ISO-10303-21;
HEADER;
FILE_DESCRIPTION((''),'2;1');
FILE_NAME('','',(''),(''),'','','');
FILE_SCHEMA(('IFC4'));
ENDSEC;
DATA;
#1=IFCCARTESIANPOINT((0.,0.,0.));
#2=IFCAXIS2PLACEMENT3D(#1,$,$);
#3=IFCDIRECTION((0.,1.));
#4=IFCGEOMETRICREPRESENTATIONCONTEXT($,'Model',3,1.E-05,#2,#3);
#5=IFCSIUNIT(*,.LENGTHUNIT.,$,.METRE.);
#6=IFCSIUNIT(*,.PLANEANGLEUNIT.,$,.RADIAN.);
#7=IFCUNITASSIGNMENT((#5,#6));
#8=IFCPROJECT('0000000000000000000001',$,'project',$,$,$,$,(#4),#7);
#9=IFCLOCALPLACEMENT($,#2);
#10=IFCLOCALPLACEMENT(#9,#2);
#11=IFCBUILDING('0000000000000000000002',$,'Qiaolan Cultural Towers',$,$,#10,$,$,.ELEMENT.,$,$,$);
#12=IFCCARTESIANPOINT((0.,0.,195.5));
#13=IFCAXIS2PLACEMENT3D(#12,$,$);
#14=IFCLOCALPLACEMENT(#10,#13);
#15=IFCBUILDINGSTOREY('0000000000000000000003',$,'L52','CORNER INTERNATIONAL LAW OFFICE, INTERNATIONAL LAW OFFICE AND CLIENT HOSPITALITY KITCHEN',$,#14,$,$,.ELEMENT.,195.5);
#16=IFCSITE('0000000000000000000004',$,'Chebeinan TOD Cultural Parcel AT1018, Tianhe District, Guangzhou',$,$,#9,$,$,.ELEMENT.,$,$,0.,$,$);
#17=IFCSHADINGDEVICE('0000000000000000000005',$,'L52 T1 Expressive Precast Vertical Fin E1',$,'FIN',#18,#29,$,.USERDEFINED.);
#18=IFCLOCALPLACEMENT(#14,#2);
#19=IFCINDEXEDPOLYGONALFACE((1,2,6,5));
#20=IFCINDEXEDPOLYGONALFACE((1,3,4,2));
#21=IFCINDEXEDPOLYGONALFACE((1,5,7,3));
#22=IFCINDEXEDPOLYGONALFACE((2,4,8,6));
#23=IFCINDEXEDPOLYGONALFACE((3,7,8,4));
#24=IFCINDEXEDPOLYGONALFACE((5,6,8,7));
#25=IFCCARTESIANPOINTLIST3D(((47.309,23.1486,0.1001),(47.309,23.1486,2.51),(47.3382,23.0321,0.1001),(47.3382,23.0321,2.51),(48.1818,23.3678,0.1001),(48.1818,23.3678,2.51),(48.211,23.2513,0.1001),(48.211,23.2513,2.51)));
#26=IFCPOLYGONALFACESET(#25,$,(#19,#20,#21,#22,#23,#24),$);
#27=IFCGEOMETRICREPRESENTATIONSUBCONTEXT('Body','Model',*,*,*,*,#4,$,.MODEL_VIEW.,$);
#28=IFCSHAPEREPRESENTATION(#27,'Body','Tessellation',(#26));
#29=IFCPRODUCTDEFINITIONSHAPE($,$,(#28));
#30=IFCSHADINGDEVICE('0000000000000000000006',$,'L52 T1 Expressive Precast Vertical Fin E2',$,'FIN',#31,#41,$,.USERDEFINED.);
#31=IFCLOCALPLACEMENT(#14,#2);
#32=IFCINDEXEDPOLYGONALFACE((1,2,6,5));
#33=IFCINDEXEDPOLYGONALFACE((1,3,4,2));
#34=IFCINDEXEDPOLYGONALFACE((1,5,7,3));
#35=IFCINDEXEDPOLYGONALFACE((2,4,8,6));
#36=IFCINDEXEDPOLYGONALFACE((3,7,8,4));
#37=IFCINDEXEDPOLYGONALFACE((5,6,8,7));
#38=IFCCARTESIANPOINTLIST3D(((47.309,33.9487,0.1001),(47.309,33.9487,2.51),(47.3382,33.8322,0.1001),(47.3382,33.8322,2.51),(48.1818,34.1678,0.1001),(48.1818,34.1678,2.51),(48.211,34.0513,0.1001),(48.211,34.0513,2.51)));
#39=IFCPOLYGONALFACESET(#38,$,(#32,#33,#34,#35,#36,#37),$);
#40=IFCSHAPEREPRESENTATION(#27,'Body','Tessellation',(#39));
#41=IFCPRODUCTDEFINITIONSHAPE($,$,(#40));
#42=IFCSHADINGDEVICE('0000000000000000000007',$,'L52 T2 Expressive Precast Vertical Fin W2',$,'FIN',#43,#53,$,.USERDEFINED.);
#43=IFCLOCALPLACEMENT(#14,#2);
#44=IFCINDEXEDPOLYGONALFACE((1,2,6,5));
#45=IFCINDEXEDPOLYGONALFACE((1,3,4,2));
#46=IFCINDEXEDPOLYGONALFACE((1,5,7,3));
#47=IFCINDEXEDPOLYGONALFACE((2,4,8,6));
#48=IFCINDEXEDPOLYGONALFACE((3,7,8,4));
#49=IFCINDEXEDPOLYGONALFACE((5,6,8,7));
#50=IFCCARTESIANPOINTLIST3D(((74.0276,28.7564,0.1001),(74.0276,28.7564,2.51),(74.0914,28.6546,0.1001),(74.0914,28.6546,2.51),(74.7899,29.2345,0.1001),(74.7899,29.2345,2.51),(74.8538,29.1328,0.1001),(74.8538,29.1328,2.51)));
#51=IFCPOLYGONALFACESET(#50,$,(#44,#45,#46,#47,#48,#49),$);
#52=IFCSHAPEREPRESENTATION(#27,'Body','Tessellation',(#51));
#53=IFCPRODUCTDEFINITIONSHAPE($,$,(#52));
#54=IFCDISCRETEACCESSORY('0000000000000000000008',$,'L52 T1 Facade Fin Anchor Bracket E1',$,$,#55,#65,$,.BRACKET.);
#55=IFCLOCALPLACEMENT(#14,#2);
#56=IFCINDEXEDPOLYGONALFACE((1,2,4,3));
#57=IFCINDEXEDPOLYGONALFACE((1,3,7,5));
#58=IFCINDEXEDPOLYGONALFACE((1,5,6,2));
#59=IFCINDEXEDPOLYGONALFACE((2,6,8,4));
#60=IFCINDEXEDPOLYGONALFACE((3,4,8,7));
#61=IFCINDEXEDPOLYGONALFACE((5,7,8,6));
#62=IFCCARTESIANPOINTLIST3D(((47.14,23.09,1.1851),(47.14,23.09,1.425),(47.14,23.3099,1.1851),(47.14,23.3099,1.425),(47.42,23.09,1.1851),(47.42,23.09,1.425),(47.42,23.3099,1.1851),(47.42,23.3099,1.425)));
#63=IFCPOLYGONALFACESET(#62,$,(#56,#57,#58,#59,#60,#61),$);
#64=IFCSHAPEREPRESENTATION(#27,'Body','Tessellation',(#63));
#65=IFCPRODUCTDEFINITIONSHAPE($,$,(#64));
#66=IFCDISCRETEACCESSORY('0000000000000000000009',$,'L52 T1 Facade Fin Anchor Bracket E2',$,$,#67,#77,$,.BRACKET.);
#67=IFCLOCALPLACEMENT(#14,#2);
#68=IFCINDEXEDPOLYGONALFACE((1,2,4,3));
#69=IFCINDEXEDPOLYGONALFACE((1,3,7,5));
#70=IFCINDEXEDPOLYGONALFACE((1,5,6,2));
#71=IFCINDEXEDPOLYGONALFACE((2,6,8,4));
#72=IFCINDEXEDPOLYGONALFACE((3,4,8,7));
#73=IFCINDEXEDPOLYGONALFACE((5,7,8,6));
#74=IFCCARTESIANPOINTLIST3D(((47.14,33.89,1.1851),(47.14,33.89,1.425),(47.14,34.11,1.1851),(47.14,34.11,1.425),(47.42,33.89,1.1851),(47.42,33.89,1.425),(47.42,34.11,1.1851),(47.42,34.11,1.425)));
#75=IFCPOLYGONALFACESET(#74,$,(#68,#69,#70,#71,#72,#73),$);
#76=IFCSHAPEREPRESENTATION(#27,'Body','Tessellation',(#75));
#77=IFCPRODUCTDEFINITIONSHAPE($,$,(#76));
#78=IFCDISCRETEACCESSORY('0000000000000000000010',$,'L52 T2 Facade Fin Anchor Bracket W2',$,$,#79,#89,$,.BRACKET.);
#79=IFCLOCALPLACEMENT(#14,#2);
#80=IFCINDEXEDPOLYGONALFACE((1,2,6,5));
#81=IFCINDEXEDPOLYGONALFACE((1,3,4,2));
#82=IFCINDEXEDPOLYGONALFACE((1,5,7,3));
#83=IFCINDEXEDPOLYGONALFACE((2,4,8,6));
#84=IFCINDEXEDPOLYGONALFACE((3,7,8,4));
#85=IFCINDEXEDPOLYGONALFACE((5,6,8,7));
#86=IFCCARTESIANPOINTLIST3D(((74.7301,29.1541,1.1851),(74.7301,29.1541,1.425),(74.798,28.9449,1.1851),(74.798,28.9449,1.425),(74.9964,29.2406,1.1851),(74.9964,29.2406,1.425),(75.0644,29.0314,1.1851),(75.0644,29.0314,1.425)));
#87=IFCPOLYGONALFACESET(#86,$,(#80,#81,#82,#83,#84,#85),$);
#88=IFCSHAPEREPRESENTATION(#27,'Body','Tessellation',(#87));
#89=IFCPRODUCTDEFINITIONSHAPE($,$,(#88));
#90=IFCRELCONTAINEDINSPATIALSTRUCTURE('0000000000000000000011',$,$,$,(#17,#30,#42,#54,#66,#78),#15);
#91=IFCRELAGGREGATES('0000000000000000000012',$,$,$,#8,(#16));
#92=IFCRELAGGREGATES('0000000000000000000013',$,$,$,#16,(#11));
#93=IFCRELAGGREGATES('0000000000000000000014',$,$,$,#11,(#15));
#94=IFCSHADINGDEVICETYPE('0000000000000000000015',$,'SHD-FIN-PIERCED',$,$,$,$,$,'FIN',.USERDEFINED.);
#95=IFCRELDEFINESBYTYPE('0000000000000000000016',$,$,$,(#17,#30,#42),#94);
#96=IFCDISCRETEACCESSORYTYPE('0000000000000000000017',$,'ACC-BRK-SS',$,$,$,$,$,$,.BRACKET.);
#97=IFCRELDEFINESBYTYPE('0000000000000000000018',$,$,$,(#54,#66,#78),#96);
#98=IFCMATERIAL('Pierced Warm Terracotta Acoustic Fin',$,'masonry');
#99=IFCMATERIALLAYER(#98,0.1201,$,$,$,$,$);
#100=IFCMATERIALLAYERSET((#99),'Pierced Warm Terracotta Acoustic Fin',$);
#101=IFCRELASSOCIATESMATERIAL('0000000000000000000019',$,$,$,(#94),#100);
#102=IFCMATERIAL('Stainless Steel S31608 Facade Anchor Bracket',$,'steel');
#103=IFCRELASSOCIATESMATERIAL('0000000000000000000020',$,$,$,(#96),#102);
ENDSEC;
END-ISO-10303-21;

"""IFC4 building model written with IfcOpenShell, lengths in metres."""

from ifc_helpers import new_model, si_unit, direction, frame, origin, origin_2d, place, context, subcontext, project, spatial, rectangle, extrude, material, layer, layer_set, type_object, element, save


model = new_model("IFC4")

# Units and contexts
model_context = context("Model", 3, precision=1e-05, world=origin(), true_north=direction((0.0, 1.0)))
body_context = subcontext(model_context, "Body", "Model", "MODEL_VIEW")
ifc_project = project(units=[si_unit("LENGTHUNIT", "METRE"), si_unit("PLANEANGLEUNIT", "RADIAN")], contexts=[model_context])

# Site, building, storey
site_placement = place(None, origin())
site = spatial("IfcSite", under=ifc_project, at=site_placement, Name="Chebeinan TOD Cultural Parcel AT1018, Tianhe District, Guangzhou", CompositionType="ELEMENT", RefElevation=0.0)
building_placement = place(site_placement, origin())
building = spatial("IfcBuilding", under=site, at=building_placement, Name="Qiaolan Cultural Towers", CompositionType="ELEMENT")
storey_placement = place(building_placement, frame((0.0, 0.0, 195.5)))
storey = spatial("IfcBuildingStorey", under=building, at=storey_placement, Name="L52", Description="CORNER INTERNATIONAL LAW OFFICE, INTERNATIONAL LAW OFFICE AND CLIENT HOSPITALITY KITCHEN", CompositionType="ELEMENT", Elevation=195.5)

# Shading devices
ifc_material_1 = material(Name="Pierced Warm Terracotta Acoustic Fin", Category="masonry")
ifc_layer_1 = layer(ifc_material_1, 0.1201)
ifc_layer_set_1 = layer_set([ifc_layer_1], Name="Pierced Warm Terracotta Acoustic Fin")
shading_device_type = type_object("IfcShadingDeviceType", Name="SHD-FIN-PIERCED", ElementType="FIN", PredefinedType="USERDEFINED", material=ifc_layer_set_1)
for number, where, z_axis, x_axis, name in (
    (1, (47.76, 23.2, 0.1001), (0.0, 0.0, 1.0), (0.969892, 0.243537, 0.0), "L52 T1 Expressive Precast Vertical Fin E1"),
    (2, (47.76, 34.0, 0.1001), (0.0, 0.0, 1.0), (0.969892, 0.243537, 0.0), "L52 T1 Expressive Precast Vertical Fin E2"),
    (3, (74.4407, 28.9446, 0.1001), (0.0, 0.0, 1.0), (0.847165, 0.53133, 0.0), "L52 T2 Expressive Precast Vertical Fin W2"),
):
    element("IfcShadingDevice", number, at=place(storey_placement, frame(where, z_axis=z_axis, x_axis=x_axis)), inside=storey, type_object=shading_device_type, Name=name, ObjectType="FIN", PredefinedType="USERDEFINED", context=body_context, shape_type="SweptSolid", body=[
        extrude(rectangle(XDim=0.8999, YDim=0.1201, at=origin_2d()), origin(), (0.0, 0.0, 1.0), 2.4099),
    ])

# Discrete accessories
ifc_material_2 = material(Name="Stainless Steel S31608 Facade Anchor Bracket", Category="steel")
discrete_accessory_type = type_object("IfcDiscreteAccessoryType", Name="ACC-BRK-SS", PredefinedType="BRACKET", material=ifc_material_2)
for number, where, z_axis, x_axis, name in (
    (4, (47.28, 23.2, 1.1851), (0.0, 0.0, 1.0), (1.0, 0.0, 0.0), "L52 T1 Facade Fin Anchor Bracket E1"),
    (5, (47.28, 34.0, 1.1851), (0.0, 0.0, 1.0), (1.0, 0.0, 0.0), "L52 T1 Facade Fin Anchor Bracket E2"),
    (6, (74.8972, 29.0928, 1.1851), (0.0, 0.0, 1.0), (0.951057, 0.309017, 0.0), "L52 T2 Facade Fin Anchor Bracket W2"),
):
    element("IfcDiscreteAccessory", number, at=place(storey_placement, frame(where, z_axis=z_axis, x_axis=x_axis)), inside=storey, type_object=discrete_accessory_type, Name=name, PredefinedType="BRACKET", context=body_context, shape_type="SweptSolid", body=[
        extrude(rectangle(XDim=0.28, YDim=0.22, at=origin_2d()), origin(), (0.0, 0.0, 1.0), 0.24),
    ])

save(model, "model.ifc")
